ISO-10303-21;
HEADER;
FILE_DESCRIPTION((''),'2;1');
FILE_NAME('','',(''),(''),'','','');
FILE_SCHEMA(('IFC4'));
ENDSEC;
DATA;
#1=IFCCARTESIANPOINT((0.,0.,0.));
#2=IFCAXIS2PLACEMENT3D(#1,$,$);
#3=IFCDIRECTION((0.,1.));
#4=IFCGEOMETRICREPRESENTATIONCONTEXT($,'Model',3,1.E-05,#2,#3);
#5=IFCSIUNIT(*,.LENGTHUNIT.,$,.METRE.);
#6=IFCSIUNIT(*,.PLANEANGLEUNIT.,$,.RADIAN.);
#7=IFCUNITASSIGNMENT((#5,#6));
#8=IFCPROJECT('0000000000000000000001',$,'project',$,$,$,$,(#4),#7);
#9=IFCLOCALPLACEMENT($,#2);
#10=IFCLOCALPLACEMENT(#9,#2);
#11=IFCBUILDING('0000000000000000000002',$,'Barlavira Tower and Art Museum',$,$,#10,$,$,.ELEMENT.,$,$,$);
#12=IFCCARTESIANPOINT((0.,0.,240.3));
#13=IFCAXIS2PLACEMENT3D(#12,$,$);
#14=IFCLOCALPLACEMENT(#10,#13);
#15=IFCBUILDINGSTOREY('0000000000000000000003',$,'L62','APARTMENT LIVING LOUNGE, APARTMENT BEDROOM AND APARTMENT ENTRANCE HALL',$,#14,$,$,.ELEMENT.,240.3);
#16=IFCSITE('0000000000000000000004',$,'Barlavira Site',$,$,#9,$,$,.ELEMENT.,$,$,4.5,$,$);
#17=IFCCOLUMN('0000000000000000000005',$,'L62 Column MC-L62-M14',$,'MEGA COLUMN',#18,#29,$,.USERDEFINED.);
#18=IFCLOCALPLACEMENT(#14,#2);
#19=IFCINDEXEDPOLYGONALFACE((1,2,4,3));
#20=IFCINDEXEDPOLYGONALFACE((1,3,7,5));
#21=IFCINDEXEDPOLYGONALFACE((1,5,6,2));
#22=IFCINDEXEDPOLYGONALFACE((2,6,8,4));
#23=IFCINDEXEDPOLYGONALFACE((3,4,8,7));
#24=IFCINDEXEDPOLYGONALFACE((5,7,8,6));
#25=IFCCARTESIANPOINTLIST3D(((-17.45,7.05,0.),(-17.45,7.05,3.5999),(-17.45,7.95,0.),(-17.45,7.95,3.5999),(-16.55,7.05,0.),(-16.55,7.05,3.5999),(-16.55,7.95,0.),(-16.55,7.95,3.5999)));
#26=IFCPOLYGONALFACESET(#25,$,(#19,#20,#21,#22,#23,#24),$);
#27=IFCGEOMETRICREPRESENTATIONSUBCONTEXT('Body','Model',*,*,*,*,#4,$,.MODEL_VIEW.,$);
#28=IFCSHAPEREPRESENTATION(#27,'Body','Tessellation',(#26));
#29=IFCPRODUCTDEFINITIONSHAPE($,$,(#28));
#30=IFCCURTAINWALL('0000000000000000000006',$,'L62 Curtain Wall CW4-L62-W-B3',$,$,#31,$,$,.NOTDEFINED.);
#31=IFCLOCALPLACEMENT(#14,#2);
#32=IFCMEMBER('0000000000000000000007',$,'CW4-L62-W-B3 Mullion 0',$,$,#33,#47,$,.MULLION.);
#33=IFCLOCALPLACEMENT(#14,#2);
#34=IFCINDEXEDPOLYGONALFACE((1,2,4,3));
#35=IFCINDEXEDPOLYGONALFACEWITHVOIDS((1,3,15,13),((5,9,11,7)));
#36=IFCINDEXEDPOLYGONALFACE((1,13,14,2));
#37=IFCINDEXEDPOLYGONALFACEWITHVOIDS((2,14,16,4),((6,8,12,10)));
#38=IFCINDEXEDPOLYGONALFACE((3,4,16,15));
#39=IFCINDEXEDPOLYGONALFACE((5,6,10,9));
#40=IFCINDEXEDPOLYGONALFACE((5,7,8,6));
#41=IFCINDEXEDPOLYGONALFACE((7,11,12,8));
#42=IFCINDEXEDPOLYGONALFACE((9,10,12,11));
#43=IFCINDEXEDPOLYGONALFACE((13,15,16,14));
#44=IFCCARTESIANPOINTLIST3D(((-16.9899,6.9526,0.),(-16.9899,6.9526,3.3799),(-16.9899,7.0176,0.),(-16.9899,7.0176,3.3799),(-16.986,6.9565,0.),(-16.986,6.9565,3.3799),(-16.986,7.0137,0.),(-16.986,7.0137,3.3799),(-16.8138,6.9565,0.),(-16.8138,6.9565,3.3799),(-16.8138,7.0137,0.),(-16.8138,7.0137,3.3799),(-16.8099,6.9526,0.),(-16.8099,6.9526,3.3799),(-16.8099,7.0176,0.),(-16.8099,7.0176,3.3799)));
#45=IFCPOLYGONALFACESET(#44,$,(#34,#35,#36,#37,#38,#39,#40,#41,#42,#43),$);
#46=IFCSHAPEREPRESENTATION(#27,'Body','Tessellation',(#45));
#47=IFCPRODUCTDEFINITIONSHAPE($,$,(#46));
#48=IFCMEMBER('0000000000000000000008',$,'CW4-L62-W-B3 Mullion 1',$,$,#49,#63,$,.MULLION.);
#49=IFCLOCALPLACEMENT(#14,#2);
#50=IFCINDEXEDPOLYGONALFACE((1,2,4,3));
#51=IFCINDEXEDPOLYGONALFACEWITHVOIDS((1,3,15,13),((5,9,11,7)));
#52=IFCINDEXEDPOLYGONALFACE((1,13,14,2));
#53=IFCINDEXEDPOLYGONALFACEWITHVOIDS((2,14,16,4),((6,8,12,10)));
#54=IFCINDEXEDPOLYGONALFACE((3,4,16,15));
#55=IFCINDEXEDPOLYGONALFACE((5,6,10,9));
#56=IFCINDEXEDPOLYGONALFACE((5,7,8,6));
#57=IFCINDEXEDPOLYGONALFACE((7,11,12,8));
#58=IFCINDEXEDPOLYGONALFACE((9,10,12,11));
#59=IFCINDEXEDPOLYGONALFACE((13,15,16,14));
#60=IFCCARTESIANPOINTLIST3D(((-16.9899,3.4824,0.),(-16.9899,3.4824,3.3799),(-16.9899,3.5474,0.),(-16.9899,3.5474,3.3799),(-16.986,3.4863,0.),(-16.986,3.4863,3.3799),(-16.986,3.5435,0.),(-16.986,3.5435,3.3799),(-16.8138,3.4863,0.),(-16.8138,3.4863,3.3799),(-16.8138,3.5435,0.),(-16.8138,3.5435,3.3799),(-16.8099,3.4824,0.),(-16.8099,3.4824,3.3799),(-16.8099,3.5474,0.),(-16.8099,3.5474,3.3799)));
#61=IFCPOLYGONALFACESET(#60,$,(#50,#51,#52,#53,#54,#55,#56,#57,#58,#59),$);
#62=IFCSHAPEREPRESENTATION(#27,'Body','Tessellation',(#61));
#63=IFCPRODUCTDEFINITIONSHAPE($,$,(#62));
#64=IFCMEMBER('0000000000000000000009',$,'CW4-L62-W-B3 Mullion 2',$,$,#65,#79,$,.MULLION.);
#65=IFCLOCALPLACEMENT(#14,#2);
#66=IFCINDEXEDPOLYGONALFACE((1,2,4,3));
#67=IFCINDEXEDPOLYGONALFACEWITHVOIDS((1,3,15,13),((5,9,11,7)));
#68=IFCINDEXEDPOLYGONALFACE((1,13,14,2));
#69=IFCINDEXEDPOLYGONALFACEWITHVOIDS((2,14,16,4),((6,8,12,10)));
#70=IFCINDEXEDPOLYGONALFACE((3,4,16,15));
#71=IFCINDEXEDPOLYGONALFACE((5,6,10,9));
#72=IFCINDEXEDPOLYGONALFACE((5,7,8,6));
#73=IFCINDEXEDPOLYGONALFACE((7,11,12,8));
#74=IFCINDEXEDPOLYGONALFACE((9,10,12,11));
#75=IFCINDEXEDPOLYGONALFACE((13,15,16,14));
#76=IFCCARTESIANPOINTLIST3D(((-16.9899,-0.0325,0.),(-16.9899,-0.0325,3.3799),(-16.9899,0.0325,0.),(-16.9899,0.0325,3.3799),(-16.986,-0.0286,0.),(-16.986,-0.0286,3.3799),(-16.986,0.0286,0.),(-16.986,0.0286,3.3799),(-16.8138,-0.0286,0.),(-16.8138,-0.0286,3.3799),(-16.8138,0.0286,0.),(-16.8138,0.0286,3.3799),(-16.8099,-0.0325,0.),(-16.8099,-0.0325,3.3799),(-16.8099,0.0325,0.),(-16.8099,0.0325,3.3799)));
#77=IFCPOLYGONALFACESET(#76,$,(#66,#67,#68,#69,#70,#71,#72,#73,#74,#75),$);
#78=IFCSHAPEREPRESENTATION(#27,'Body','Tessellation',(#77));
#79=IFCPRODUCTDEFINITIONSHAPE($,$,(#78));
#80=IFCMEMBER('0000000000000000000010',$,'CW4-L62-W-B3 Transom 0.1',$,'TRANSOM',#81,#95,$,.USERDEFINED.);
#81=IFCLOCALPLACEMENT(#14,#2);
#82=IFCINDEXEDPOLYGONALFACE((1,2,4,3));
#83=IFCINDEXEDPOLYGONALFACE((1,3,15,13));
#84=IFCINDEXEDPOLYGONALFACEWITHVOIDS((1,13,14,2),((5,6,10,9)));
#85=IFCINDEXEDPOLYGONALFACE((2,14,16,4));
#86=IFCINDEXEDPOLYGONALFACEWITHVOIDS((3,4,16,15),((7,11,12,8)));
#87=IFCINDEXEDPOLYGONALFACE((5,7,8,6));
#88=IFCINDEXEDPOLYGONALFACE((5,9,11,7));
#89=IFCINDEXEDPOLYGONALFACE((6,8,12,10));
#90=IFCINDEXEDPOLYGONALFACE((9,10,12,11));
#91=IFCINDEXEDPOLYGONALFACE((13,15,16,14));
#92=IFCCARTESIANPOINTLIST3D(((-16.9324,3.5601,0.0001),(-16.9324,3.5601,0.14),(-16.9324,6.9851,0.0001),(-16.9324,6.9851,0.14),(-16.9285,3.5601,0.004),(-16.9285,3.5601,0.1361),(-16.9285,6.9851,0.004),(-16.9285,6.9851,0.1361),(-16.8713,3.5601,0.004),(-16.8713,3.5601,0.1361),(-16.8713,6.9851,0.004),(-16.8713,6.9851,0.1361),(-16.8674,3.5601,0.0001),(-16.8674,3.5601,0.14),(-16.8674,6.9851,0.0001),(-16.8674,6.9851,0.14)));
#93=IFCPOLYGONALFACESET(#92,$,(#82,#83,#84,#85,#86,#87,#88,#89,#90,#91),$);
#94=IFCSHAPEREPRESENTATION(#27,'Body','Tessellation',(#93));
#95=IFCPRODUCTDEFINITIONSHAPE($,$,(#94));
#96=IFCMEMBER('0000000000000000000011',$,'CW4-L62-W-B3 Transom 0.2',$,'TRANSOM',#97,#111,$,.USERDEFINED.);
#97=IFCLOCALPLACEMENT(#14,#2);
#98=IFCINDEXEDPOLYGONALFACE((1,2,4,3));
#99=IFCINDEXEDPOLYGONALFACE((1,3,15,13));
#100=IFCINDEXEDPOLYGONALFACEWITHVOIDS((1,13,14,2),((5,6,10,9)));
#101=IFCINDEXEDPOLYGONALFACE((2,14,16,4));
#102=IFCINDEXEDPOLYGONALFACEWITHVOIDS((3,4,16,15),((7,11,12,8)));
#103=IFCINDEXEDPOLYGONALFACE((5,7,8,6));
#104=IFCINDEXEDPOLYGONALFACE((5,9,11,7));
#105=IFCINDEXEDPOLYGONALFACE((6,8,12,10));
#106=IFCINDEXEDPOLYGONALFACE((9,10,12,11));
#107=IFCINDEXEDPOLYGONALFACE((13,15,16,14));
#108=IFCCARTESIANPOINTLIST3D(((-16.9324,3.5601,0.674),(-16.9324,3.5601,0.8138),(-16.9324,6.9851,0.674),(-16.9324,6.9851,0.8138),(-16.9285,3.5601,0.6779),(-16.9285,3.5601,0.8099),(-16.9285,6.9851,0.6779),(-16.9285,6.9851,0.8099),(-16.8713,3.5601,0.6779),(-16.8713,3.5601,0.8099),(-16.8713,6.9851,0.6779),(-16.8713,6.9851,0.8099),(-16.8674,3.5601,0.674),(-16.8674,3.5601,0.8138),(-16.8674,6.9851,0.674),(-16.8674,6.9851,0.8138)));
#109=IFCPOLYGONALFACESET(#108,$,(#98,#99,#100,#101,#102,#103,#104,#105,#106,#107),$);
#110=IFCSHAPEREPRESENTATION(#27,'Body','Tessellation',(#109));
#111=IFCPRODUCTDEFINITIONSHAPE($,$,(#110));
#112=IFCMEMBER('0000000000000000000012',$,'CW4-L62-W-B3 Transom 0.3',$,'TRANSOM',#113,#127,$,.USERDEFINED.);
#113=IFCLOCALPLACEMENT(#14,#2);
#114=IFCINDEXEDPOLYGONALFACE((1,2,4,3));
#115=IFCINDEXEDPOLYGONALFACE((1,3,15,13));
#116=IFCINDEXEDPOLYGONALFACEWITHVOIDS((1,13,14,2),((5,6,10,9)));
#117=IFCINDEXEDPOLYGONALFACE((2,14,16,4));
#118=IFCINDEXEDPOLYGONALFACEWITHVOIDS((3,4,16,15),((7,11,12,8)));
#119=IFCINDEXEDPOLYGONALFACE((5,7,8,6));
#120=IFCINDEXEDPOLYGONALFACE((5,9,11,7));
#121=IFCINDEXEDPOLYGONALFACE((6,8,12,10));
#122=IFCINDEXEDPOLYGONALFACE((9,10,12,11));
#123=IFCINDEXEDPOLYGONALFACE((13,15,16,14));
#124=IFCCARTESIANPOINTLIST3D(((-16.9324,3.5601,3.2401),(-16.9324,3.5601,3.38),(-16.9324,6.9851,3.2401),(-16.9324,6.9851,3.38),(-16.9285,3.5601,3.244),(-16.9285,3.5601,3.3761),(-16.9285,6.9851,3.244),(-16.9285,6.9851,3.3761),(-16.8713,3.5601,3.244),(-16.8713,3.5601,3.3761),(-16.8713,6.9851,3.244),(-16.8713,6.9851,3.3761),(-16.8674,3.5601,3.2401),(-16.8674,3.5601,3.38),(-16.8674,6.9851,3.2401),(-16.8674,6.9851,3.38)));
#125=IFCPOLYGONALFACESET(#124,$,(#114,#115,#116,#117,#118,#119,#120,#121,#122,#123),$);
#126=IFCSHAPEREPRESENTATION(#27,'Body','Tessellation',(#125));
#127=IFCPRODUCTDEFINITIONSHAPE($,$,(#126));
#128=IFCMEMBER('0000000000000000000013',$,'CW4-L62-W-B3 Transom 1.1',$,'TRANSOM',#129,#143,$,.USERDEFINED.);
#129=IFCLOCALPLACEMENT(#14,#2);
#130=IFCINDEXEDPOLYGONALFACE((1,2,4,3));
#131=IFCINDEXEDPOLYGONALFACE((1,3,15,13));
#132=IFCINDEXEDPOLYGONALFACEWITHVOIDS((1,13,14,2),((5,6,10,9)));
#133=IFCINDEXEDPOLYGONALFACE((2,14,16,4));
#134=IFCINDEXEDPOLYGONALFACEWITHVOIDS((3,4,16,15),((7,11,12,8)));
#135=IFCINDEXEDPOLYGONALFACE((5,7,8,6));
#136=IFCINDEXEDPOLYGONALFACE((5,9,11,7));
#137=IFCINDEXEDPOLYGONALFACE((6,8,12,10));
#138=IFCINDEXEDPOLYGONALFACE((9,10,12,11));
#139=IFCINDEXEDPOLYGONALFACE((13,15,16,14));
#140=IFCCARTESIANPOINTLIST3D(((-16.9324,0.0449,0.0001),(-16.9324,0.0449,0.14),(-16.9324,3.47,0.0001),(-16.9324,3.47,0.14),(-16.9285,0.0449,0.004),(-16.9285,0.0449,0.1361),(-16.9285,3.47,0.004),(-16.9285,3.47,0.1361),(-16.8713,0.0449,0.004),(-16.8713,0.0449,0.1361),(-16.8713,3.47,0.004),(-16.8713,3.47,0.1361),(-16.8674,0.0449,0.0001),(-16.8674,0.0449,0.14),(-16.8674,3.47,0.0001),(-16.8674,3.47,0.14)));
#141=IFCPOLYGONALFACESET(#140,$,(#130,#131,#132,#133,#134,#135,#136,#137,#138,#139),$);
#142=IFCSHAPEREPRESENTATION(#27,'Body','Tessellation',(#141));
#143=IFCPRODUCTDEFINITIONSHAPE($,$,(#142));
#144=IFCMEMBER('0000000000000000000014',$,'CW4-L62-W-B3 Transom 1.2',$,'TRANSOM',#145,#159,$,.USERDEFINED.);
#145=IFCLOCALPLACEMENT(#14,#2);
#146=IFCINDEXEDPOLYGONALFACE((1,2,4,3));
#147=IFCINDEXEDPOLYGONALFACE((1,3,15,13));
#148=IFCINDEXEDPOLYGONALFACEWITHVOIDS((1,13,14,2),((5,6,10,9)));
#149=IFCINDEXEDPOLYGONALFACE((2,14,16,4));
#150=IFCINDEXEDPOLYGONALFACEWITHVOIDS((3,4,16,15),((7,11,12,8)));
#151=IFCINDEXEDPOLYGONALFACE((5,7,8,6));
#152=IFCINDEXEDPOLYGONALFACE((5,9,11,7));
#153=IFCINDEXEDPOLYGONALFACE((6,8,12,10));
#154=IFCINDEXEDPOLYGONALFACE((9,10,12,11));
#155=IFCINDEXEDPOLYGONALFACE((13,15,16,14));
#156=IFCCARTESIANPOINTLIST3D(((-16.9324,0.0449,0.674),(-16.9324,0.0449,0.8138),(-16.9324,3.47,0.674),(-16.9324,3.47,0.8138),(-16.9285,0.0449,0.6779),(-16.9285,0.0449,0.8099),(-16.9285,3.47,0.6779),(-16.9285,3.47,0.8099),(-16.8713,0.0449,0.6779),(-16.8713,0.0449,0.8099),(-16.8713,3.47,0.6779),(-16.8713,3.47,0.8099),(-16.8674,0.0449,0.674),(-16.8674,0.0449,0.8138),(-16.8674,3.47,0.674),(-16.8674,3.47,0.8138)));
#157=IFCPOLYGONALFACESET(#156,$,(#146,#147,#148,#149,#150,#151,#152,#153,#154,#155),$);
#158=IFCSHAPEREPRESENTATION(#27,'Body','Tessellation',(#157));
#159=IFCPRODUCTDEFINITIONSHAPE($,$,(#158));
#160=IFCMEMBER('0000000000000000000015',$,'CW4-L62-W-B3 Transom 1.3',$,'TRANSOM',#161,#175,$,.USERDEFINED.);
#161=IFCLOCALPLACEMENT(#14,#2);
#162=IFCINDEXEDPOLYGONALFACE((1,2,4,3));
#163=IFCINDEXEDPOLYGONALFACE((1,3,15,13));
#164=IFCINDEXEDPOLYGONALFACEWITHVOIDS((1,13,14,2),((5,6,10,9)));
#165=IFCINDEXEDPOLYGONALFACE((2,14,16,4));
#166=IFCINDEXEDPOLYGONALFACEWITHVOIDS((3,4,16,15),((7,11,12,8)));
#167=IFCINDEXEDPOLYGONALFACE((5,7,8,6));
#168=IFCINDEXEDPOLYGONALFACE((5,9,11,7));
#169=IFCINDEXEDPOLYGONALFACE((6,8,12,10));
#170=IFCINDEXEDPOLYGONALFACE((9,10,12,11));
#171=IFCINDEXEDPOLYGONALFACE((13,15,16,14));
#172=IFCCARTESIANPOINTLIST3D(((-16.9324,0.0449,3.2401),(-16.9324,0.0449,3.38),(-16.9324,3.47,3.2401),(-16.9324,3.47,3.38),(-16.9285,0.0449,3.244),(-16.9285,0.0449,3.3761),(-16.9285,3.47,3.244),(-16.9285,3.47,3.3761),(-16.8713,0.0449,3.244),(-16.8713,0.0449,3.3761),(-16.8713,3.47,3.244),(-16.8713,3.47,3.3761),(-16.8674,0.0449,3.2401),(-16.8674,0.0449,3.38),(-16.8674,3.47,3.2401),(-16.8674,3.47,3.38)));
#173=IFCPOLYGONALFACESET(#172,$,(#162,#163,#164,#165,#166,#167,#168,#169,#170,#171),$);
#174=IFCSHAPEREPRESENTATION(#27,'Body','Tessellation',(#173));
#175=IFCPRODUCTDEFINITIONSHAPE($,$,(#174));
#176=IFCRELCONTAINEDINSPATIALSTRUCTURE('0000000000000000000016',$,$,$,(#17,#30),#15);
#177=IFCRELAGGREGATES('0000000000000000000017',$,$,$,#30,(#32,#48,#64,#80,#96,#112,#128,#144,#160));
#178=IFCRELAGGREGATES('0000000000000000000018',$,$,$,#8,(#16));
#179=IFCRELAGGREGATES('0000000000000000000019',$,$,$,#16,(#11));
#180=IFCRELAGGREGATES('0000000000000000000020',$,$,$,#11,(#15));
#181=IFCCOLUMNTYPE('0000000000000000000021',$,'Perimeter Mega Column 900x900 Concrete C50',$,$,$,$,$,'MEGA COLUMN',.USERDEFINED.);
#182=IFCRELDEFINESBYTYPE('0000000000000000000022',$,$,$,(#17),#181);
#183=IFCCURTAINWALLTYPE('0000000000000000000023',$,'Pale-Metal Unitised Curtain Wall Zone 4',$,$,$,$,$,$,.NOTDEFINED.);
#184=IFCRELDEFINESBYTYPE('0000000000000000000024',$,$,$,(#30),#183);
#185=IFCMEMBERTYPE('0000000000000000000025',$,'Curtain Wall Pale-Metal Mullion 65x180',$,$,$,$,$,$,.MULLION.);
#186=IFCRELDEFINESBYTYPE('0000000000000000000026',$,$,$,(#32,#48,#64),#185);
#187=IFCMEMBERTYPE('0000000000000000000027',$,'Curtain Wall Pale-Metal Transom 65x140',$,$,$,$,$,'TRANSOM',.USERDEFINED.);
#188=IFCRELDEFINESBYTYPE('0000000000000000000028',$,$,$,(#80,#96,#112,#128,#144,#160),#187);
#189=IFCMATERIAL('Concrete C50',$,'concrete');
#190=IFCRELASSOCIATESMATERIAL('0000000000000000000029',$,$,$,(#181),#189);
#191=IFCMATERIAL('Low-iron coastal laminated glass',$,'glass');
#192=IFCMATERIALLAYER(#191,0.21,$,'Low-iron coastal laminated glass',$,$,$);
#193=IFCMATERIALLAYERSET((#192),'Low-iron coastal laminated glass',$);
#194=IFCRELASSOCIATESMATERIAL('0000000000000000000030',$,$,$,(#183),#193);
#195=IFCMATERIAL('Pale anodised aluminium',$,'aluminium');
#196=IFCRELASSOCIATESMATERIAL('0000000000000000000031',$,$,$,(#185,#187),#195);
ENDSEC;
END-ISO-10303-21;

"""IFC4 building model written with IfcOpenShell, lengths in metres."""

from ifc_helpers import new_model, si_unit, direction, frame, origin, origin_2d, place, context, subcontext, project, spatial, rectangle, hollow_rectangle, extrude, material, layer, layer_set, material_profile, profile_set, type_object, element, aggregate, save


model = new_model("IFC4")

# Units and contexts
model_context = context("Model", 3, precision=1e-05, world=origin(), true_north=direction((0.0, 1.0)))
body_context = subcontext(model_context, "Body", "Model", "MODEL_VIEW")
ifc_project = project(units=[si_unit("LENGTHUNIT", "METRE"), si_unit("PLANEANGLEUNIT", "RADIAN")], contexts=[model_context])

# Site, building, storey
site_placement = place(None, origin())
site = spatial("IfcSite", under=ifc_project, at=site_placement, Name="Barlavira Site", CompositionType="ELEMENT", RefElevation=4.5)
building_placement = place(site_placement, origin())
building = spatial("IfcBuilding", under=site, at=building_placement, Name="Barlavira Tower and Art Museum", CompositionType="ELEMENT")
storey_placement = place(building_placement, frame((0.0, 0.0, 240.3)))
storey = spatial("IfcBuildingStorey", under=building, at=storey_placement, Name="L62", Description="APARTMENT LIVING LOUNGE, APARTMENT BEDROOM AND APARTMENT ENTRANCE HALL", CompositionType="ELEMENT", Elevation=240.3)

# Column
ifc_material_1 = material(Name="Concrete C50", Category="concrete")
ifc_material_profile_1 = material_profile(ifc_material_1, rectangle(XDim=0.8999, YDim=0.8999, at=origin_2d()), Name="RC-COL 900x900")
ifc_profile_set_1 = profile_set([ifc_material_profile_1], Name="Concrete C50")
column_type = type_object("IfcColumnType", Name="Perimeter Mega Column 900x900 Concrete C50", ElementType="MEGA COLUMN", PredefinedType="USERDEFINED", material=ifc_profile_set_1)
column_placement = place(storey_placement, frame((-17.0, 7.5, 0.0), z_axis=(0.0, 0.0, 1.0), x_axis=(1.0, 0.0, 0.0)))
element("IfcColumn", 1, at=column_placement, inside=storey, type_object=column_type, Name="L62 Column MC-L62-M14", ObjectType="MEGA COLUMN", PredefinedType="USERDEFINED", context=body_context, shape_type="SweptSolid", body=[
    extrude(rectangle(XDim=0.8999, YDim=0.8999, at=origin_2d()), origin(), (0.0, 0.0, 1.0), 3.5999),
])

# Curtain wall, members
ifc_material_2 = material(Name="Low-iron coastal laminated glass", Category="glass")
ifc_layer_1 = layer(ifc_material_2, 0.21, Name="Low-iron coastal laminated glass")
ifc_layer_set_1 = layer_set([ifc_layer_1], Name="Low-iron coastal laminated glass")
curtain_wall_type = type_object("IfcCurtainWallType", Name="Pale-Metal Unitised Curtain Wall Zone 4", PredefinedType="NOTDEFINED", material=ifc_layer_set_1)
curtain_wall_placement = place(storey_placement, origin())
curtain_wall = element("IfcCurtainWall", 2, at=curtain_wall_placement, inside=storey, type_object=curtain_wall_type, Name="L62 Curtain Wall CW4-L62-W-B3", PredefinedType="NOTDEFINED")
ifc_material_3 = material(Name="Pale anodised aluminium", Category="aluminium")
ifc_material_profile_2 = material_profile(ifc_material_3, hollow_rectangle(XDim=0.0649, YDim=0.1799, WallThickness=0.0039, at=origin_2d()), Name="ALU-MULL 65x180x4")
ifc_profile_set_2 = profile_set([ifc_material_profile_2], Name="Pale anodised aluminium")
member_type_1 = type_object("IfcMemberType", Name="Curtain Wall Pale-Metal Mullion 65x180", PredefinedType="MULLION", material=ifc_profile_set_2)
member_1_placement = place(storey_placement, frame((-16.8999, 6.9851, 0.0), z_axis=(0.0, 0.0, 1.0), x_axis=(0.0, -1.0, 0.0)))
member_1 = element("IfcMember", 3, at=member_1_placement, type_object=member_type_1, Name="CW4-L62-W-B3 Mullion 0", PredefinedType="MULLION", context=body_context, shape_type="SweptSolid", body=[
    extrude(hollow_rectangle(XDim=0.0649, YDim=0.1799, WallThickness=0.0039, at=origin_2d()), origin(), (0.0, 0.0, 1.0), 3.3799),
])
member_2_placement = place(storey_placement, frame((-16.8999, 3.5149, 0.0), z_axis=(0.0, 0.0, 1.0), x_axis=(0.0, -1.0, 0.0)))
member_2 = element("IfcMember", 4, at=member_2_placement, type_object=member_type_1, Name="CW4-L62-W-B3 Mullion 1", PredefinedType="MULLION", context=body_context, shape_type="SweptSolid", body=[
    extrude(hollow_rectangle(XDim=0.0649, YDim=0.1799, WallThickness=0.0039, at=origin_2d()), origin(), (0.0, 0.0, 1.0), 3.3799),
])
member_3_placement = place(storey_placement, frame((-16.8999, 0.0, 0.0), z_axis=(0.0, 0.0, 1.0), x_axis=(0.0, -1.0, 0.0)))
member_3 = element("IfcMember", 5, at=member_3_placement, type_object=member_type_1, Name="CW4-L62-W-B3 Mullion 2", PredefinedType="MULLION", context=body_context, shape_type="SweptSolid", body=[
    extrude(hollow_rectangle(XDim=0.0649, YDim=0.1799, WallThickness=0.0039, at=origin_2d()), origin(), (0.0, 0.0, 1.0), 3.3799),
])
ifc_material_profile_3 = material_profile(ifc_material_3, hollow_rectangle(XDim=0.0649, YDim=0.1399, WallThickness=0.0039, at=origin_2d()), Name="ALU-TRAN 65x140x4")
ifc_profile_set_3 = profile_set([ifc_material_profile_3], Name="Pale anodised aluminium")
member_type_2 = type_object("IfcMemberType", Name="Curtain Wall Pale-Metal Transom 65x140", ElementType="TRANSOM", PredefinedType="USERDEFINED", material=ifc_profile_set_3)
member_4_placement = place(storey_placement, frame((-16.8999, 6.9851, 0.0701), z_axis=(0.0, -1.0, 0.0), x_axis=(1.0, 0.0, 0.0)))
member_4 = element("IfcMember", 6, at=member_4_placement, type_object=member_type_2, Name="CW4-L62-W-B3 Transom 0.1", ObjectType="TRANSOM", PredefinedType="USERDEFINED", context=body_context, shape_type="SweptSolid", body=[
    extrude(hollow_rectangle(XDim=0.0649, YDim=0.1399, WallThickness=0.0039, at=origin_2d()), origin(), (0.0, 0.0, 1.0), 3.425),
])
member_5_placement = place(storey_placement, frame((-16.8999, 6.9851, 0.7439), z_axis=(0.0, -1.0, 0.0), x_axis=(1.0, 0.0, 0.0)))
member_5 = element("IfcMember", 7, at=member_5_placement, type_object=member_type_2, Name="CW4-L62-W-B3 Transom 0.2", ObjectType="TRANSOM", PredefinedType="USERDEFINED", context=body_context, shape_type="SweptSolid", body=[
    extrude(hollow_rectangle(XDim=0.0649, YDim=0.1399, WallThickness=0.0039, at=origin_2d()), origin(), (0.0, 0.0, 1.0), 3.425),
])
member_6_placement = place(storey_placement, frame((-16.8999, 6.9851, 3.3101), z_axis=(0.0, -1.0, 0.0), x_axis=(1.0, 0.0, 0.0)))
member_6 = element("IfcMember", 8, at=member_6_placement, type_object=member_type_2, Name="CW4-L62-W-B3 Transom 0.3", ObjectType="TRANSOM", PredefinedType="USERDEFINED", context=body_context, shape_type="SweptSolid", body=[
    extrude(hollow_rectangle(XDim=0.0649, YDim=0.1399, WallThickness=0.0039, at=origin_2d()), origin(), (0.0, 0.0, 1.0), 3.425),
])
member_7_placement = place(storey_placement, frame((-16.8999, 3.47, 0.0701), z_axis=(0.0, -1.0, 0.0), x_axis=(1.0, 0.0, 0.0)))
member_7 = element("IfcMember", 9, at=member_7_placement, type_object=member_type_2, Name="CW4-L62-W-B3 Transom 1.1", ObjectType="TRANSOM", PredefinedType="USERDEFINED", context=body_context, shape_type="SweptSolid", body=[
    extrude(hollow_rectangle(XDim=0.0649, YDim=0.1399, WallThickness=0.0039, at=origin_2d()), origin(), (0.0, 0.0, 1.0), 3.425),
])
member_8_placement = place(storey_placement, frame((-16.8999, 3.47, 0.7439), z_axis=(0.0, -1.0, 0.0), x_axis=(1.0, 0.0, 0.0)))
member_8 = element("IfcMember", 10, at=member_8_placement, type_object=member_type_2, Name="CW4-L62-W-B3 Transom 1.2", ObjectType="TRANSOM", PredefinedType="USERDEFINED", context=body_context, shape_type="SweptSolid", body=[
    extrude(hollow_rectangle(XDim=0.0649, YDim=0.1399, WallThickness=0.0039, at=origin_2d()), origin(), (0.0, 0.0, 1.0), 3.425),
])
member_9_placement = place(storey_placement, frame((-16.8999, 3.47, 3.3101), z_axis=(0.0, -1.0, 0.0), x_axis=(1.0, 0.0, 0.0)))
member_9 = element("IfcMember", 11, at=member_9_placement, type_object=member_type_2, Name="CW4-L62-W-B3 Transom 1.3", ObjectType="TRANSOM", PredefinedType="USERDEFINED", context=body_context, shape_type="SweptSolid", body=[
    extrude(hollow_rectangle(XDim=0.0649, YDim=0.1399, WallThickness=0.0039, at=origin_2d()), origin(), (0.0, 0.0, 1.0), 3.425),
])

aggregate(curtain_wall, [member_1, member_2, member_3, member_4, member_5, member_6, member_7, member_8, member_9])

save(model, "model.ifc")
